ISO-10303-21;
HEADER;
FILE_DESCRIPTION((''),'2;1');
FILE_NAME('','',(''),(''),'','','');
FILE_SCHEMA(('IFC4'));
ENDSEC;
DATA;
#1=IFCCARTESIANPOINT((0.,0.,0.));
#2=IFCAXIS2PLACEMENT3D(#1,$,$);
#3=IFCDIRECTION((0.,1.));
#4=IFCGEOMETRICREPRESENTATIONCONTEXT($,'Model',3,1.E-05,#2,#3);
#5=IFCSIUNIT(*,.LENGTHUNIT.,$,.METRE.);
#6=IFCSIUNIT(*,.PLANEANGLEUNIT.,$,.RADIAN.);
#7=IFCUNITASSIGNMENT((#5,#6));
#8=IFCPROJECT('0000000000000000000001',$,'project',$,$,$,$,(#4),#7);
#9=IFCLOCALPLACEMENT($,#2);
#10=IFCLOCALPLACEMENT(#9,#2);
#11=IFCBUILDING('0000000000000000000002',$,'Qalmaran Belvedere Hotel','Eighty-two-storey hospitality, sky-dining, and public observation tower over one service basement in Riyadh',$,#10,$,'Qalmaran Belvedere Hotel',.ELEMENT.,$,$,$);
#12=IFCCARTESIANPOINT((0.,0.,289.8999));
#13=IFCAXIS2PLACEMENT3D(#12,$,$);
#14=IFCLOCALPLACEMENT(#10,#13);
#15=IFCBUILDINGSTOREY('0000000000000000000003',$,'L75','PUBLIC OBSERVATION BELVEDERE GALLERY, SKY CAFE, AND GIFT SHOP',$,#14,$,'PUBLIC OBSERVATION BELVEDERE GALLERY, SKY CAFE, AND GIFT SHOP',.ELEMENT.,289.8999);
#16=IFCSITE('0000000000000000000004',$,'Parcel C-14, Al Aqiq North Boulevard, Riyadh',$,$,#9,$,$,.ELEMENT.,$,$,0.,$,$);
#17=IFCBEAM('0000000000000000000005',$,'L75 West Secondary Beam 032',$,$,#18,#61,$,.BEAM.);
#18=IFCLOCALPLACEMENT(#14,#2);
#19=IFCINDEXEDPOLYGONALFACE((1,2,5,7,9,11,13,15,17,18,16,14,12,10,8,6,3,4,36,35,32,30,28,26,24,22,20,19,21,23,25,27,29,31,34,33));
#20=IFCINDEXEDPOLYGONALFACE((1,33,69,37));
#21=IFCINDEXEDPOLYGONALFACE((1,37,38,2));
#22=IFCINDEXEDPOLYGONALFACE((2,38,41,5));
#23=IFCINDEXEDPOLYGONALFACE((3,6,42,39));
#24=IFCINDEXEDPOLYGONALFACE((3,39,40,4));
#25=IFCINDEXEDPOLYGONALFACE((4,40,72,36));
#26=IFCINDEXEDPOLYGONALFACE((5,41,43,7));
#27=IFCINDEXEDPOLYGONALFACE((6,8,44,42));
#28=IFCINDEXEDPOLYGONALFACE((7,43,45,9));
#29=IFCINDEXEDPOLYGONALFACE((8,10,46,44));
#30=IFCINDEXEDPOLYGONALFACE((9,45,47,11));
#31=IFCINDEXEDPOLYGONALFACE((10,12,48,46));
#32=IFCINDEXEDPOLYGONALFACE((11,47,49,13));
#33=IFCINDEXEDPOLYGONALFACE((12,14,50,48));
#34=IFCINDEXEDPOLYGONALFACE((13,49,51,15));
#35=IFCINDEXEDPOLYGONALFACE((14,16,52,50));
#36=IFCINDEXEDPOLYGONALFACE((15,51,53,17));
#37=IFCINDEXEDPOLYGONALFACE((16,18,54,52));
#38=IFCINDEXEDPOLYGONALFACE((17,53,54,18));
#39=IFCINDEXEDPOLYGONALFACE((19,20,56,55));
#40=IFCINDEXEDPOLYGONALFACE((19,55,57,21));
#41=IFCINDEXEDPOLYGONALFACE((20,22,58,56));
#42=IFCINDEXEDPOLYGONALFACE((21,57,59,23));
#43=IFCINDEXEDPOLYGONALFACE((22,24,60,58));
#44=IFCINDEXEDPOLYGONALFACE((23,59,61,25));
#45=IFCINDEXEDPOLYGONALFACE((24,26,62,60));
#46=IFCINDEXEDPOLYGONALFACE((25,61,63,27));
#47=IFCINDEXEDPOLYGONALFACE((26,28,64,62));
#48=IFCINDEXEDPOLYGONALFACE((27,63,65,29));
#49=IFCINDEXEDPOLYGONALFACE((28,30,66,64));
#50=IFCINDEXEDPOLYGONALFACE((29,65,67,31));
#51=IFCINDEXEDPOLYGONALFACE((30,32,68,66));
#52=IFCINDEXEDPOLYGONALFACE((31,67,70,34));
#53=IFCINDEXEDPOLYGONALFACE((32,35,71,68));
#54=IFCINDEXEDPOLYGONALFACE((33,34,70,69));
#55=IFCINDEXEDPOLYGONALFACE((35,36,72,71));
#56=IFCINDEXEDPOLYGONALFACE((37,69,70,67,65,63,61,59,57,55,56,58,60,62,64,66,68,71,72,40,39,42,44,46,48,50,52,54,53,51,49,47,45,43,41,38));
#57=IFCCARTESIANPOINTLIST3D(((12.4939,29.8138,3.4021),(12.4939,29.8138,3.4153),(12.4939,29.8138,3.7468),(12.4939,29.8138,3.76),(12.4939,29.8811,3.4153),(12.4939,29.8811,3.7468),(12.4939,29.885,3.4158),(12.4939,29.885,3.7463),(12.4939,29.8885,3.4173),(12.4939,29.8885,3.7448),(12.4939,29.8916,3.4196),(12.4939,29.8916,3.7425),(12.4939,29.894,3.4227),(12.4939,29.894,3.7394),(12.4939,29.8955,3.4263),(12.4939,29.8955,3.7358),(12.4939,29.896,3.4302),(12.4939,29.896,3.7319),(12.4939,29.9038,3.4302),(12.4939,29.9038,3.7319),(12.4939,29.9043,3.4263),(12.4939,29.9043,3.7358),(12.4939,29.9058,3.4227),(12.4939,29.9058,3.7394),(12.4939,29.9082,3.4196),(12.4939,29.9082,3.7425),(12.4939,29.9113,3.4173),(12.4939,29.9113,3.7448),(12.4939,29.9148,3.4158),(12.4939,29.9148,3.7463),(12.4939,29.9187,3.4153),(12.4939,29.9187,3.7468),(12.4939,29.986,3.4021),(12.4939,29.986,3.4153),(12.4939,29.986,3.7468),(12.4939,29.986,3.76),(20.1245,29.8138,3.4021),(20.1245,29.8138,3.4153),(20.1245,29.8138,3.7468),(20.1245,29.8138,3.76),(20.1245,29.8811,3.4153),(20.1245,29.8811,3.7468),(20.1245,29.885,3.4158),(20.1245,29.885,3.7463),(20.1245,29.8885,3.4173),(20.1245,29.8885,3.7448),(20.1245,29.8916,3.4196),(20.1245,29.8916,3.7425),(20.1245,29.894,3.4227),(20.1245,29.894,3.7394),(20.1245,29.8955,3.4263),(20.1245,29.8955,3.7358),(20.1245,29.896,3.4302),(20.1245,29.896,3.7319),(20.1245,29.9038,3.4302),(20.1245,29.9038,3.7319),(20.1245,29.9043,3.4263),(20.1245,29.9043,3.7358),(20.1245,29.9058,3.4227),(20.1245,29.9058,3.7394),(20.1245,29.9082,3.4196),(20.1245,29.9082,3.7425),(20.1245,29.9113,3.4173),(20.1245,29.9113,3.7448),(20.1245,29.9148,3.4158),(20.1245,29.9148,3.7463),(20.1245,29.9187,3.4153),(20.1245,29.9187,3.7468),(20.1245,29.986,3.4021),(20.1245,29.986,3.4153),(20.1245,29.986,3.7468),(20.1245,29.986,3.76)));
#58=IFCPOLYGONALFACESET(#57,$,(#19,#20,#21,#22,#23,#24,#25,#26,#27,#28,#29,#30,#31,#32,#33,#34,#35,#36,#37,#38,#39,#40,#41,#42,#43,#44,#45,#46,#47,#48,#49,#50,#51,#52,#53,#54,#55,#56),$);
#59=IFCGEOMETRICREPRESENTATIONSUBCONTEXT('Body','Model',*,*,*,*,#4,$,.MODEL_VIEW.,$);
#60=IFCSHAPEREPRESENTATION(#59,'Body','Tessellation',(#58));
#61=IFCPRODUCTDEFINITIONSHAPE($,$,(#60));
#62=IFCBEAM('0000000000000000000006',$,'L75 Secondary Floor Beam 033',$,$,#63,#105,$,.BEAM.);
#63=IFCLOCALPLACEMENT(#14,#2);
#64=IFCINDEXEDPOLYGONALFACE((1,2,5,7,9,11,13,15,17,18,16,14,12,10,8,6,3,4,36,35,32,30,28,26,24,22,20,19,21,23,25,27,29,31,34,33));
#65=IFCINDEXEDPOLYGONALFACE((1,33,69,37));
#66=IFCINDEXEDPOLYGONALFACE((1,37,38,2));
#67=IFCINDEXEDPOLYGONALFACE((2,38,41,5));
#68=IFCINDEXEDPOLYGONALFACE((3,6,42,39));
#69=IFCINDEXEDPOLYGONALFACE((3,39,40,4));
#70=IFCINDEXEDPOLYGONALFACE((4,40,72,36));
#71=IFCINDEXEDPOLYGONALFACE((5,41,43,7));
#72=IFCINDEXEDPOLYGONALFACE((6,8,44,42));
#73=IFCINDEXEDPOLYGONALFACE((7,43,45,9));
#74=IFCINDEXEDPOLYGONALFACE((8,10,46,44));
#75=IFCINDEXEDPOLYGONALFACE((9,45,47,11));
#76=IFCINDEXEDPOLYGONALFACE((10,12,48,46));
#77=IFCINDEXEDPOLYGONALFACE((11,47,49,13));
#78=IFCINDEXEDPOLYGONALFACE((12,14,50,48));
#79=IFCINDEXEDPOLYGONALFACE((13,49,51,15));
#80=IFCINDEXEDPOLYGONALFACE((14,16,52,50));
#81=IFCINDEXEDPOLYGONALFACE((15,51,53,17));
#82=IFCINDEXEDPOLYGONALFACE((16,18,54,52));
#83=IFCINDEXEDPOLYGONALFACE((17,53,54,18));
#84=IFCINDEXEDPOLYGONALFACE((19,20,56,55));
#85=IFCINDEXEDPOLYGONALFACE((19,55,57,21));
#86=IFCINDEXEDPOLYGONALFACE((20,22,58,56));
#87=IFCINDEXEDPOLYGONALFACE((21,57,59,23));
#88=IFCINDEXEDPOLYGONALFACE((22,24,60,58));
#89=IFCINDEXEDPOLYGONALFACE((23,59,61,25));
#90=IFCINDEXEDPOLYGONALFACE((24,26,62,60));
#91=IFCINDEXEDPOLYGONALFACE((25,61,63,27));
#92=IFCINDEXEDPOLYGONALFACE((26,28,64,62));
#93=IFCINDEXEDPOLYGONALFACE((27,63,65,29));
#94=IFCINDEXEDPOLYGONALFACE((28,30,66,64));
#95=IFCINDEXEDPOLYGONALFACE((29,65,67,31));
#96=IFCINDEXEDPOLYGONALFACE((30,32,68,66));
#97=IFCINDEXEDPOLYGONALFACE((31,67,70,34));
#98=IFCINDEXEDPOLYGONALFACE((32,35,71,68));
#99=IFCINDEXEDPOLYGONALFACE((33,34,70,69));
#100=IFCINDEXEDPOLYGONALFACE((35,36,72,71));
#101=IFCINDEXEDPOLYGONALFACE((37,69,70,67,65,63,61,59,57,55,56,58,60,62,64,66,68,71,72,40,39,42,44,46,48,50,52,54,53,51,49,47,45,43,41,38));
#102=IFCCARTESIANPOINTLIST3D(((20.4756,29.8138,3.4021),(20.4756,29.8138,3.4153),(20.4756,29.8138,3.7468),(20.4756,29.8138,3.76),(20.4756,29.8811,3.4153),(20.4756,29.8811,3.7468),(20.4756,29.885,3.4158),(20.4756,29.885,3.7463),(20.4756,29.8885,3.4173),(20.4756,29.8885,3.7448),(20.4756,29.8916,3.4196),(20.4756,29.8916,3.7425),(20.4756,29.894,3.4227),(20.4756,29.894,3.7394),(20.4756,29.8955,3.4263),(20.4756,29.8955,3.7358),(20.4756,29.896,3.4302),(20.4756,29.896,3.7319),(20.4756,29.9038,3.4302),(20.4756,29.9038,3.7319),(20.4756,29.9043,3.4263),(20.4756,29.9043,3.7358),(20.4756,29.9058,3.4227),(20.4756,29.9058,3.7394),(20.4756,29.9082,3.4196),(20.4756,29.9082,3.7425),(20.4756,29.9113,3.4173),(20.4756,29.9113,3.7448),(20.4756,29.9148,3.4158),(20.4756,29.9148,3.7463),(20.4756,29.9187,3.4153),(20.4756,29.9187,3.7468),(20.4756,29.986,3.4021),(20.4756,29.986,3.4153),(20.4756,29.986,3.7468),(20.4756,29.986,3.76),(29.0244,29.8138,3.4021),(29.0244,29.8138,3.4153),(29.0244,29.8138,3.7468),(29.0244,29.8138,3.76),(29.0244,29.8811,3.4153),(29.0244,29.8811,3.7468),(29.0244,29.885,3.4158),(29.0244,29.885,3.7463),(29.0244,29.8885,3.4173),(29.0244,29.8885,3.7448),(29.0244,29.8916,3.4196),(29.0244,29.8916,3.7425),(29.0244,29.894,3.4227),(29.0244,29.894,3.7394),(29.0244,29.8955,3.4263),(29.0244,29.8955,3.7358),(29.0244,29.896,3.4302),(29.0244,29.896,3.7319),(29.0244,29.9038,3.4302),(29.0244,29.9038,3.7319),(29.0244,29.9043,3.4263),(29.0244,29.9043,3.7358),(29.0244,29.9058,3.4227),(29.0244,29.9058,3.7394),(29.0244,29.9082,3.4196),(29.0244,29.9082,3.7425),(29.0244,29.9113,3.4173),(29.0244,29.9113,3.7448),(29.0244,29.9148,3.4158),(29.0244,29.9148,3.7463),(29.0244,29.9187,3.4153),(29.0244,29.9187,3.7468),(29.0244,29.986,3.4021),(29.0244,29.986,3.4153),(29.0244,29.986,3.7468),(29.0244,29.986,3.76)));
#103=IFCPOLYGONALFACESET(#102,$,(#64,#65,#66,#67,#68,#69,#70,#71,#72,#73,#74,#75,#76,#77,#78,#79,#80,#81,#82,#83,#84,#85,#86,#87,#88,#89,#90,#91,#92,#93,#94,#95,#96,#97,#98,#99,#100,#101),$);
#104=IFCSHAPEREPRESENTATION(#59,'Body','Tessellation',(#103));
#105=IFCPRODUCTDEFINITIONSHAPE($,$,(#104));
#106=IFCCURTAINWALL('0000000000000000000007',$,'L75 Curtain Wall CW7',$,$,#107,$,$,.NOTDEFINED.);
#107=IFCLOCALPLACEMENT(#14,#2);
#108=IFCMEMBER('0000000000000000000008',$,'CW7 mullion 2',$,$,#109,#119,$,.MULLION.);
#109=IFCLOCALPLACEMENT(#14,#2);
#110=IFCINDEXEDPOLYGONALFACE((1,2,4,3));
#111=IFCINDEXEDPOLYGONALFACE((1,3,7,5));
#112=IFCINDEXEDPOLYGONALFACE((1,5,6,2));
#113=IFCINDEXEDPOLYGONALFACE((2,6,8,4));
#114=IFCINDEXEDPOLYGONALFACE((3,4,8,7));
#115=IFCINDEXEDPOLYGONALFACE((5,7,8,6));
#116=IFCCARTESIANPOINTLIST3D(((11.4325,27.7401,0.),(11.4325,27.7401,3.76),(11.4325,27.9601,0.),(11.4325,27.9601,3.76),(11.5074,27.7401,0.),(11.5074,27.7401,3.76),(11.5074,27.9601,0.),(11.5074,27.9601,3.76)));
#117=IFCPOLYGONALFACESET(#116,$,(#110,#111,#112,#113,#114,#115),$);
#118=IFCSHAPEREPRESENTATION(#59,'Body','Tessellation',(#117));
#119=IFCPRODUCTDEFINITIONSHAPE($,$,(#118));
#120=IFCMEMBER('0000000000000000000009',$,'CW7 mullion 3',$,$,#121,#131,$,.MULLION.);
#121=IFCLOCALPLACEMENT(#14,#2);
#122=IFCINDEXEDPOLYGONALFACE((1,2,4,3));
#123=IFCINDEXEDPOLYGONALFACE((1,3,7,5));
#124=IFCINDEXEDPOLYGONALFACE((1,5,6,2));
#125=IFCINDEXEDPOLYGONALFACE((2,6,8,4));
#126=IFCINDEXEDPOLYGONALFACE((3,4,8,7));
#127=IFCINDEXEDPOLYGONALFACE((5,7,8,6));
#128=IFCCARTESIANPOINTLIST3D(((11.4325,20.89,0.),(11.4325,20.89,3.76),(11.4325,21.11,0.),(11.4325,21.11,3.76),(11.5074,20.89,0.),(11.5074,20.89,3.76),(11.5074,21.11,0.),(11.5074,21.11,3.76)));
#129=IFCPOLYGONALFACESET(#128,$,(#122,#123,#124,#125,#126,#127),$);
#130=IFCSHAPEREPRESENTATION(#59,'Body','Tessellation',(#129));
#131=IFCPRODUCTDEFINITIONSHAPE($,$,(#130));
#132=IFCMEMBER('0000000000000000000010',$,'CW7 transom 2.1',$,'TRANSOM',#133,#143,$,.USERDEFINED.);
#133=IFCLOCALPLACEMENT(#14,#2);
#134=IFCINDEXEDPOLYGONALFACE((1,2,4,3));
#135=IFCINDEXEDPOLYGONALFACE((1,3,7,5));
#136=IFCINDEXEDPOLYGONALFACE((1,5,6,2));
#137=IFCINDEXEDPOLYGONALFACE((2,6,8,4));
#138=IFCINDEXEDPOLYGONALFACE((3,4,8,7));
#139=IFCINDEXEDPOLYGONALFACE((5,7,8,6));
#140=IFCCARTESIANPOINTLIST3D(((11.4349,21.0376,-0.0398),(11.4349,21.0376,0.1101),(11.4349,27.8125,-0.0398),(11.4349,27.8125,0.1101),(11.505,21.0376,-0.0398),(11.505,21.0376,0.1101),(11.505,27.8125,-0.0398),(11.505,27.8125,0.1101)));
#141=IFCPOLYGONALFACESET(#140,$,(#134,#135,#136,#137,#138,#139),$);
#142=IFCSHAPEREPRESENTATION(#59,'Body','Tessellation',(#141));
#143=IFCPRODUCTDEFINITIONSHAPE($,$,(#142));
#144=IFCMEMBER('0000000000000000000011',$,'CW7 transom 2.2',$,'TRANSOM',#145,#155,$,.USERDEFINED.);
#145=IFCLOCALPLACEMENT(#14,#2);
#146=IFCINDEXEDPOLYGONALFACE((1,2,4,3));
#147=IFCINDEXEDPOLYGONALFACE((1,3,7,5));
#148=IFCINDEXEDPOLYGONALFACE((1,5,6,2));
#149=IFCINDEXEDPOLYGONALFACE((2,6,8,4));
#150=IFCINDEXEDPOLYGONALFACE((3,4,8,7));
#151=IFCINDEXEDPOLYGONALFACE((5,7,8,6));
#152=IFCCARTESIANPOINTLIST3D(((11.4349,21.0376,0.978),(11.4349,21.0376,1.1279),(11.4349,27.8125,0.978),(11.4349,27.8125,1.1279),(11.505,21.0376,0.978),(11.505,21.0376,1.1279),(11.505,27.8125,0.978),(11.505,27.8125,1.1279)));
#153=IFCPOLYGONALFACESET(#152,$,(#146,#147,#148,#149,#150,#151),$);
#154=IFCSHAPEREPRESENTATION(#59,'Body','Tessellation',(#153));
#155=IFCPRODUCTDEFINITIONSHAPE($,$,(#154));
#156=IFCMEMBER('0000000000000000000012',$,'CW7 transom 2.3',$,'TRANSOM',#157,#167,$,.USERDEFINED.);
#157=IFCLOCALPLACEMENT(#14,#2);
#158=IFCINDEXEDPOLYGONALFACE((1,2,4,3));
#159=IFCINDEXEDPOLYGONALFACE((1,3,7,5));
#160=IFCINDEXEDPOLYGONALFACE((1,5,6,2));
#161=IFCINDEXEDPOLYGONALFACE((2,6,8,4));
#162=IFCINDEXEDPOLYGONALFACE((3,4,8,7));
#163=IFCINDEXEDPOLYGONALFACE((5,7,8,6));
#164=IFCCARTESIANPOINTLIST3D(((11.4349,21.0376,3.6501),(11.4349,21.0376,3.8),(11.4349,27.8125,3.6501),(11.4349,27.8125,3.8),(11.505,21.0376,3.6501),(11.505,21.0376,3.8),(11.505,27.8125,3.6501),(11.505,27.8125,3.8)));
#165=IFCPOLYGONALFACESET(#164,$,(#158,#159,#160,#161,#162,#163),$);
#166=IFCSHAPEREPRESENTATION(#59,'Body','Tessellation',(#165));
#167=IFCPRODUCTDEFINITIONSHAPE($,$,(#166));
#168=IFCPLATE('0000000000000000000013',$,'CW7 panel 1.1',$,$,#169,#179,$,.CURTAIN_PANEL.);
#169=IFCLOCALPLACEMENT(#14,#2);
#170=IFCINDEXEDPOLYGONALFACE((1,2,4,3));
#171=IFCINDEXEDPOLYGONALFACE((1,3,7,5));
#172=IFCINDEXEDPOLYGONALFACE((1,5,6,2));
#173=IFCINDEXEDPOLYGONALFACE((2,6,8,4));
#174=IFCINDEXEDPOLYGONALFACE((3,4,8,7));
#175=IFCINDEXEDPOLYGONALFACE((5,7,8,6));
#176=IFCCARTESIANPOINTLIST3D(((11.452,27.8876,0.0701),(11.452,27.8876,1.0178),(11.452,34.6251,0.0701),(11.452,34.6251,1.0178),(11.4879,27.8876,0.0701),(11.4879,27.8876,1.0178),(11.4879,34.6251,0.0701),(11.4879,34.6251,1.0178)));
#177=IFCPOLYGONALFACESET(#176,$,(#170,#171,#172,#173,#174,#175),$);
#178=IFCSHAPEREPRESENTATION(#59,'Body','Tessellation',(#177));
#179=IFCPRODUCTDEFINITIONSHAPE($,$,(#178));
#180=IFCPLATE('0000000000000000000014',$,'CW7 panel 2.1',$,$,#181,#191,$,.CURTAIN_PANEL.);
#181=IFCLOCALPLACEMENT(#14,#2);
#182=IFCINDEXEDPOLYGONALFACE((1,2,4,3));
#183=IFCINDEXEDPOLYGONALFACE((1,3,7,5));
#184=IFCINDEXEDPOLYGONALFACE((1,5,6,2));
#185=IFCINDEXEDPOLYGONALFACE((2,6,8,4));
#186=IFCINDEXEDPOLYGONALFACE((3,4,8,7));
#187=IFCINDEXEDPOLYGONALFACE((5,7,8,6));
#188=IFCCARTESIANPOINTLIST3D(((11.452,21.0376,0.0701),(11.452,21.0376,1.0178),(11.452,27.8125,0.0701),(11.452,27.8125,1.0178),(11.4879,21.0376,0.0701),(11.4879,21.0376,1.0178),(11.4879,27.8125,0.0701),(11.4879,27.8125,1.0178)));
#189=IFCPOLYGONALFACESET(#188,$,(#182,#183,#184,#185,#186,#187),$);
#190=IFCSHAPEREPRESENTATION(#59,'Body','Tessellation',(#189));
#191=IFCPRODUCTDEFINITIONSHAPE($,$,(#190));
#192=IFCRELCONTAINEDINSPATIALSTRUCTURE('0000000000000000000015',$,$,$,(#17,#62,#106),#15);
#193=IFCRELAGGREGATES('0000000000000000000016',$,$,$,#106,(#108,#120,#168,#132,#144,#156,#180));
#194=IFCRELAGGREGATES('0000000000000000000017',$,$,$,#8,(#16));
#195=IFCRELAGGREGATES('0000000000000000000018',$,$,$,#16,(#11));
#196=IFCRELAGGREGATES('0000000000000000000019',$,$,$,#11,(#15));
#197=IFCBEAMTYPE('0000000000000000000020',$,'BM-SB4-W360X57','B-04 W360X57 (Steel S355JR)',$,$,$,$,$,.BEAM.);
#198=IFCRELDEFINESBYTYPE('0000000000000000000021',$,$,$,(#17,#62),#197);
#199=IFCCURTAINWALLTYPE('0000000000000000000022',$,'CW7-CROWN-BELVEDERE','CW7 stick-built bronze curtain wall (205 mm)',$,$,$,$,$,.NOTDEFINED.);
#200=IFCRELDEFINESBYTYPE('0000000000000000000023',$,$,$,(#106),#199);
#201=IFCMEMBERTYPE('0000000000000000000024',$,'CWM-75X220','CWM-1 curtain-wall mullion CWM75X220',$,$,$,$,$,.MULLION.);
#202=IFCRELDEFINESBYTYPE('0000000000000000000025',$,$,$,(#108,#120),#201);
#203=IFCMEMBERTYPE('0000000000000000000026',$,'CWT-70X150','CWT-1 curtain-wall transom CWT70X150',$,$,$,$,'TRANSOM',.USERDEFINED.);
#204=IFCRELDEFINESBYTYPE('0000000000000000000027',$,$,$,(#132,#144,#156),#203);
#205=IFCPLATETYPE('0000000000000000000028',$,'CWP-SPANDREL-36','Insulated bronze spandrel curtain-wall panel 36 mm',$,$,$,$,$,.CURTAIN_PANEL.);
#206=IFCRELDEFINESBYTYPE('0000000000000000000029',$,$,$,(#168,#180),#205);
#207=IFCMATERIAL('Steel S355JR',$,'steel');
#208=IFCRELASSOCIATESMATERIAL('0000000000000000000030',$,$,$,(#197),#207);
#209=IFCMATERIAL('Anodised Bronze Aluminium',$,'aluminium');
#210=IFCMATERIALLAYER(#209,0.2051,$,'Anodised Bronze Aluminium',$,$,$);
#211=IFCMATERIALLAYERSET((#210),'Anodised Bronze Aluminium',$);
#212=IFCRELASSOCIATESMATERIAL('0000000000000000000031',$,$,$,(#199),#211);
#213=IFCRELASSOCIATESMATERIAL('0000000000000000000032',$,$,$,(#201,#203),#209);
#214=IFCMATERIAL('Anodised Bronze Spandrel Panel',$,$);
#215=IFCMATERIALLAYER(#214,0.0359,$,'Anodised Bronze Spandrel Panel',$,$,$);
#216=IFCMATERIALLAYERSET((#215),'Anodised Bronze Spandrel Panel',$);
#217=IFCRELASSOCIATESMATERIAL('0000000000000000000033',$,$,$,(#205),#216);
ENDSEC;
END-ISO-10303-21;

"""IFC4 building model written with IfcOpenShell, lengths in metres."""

from ifc_helpers import new_model, si_unit, direction, frame, origin, origin_2d, place, context, subcontext, project, spatial, rectangle, i_section, extrude, material, layer, layer_set, material_profile, profile_set, type_object, element, aggregate, save


model = new_model("IFC4")

# Units and contexts
model_context = context("Model", 3, precision=1e-05, world=origin(), true_north=direction((0.0, 1.0)))
body_context = subcontext(model_context, "Body", "Model", "MODEL_VIEW")
ifc_project = project(units=[si_unit("LENGTHUNIT", "METRE"), si_unit("PLANEANGLEUNIT", "RADIAN")], contexts=[model_context])

# Site, building, storey
site_placement = place(None, origin())
site = spatial("IfcSite", under=ifc_project, at=site_placement, Name="Parcel C-14, Al Aqiq North Boulevard, Riyadh", CompositionType="ELEMENT", RefElevation=0.0)
building_placement = place(site_placement, origin())
building = spatial("IfcBuilding", under=site, at=building_placement, Name="Qalmaran Belvedere Hotel", Description="Eighty-two-storey hospitality, sky-dining, and public observation tower over one service basement in Riyadh", LongName="Qalmaran Belvedere Hotel", CompositionType="ELEMENT")
storey_placement = place(building_placement, frame((0.0, 0.0, 289.8999)))
storey = spatial("IfcBuildingStorey", under=building, at=storey_placement, Name="L75", Description="PUBLIC OBSERVATION BELVEDERE GALLERY, SKY CAFE, AND GIFT SHOP", LongName="PUBLIC OBSERVATION BELVEDERE GALLERY, SKY CAFE, AND GIFT SHOP", CompositionType="ELEMENT", Elevation=289.8999)

# Beams
ifc_material_1 = material(Name="Steel S355JR", Category="steel")
ifc_material_profile_1 = material_profile(ifc_material_1, i_section(OverallWidth=0.1721, OverallDepth=0.3579, WebThickness=0.0078, FlangeThickness=0.0132, FilletRadius=0.0149, at=origin_2d()), Name="W360X57")
ifc_profile_set_1 = profile_set([ifc_material_profile_1], Name="Steel S355JR")
beam_type = type_object("IfcBeamType", Name="BM-SB4-W360X57", Description="B-04 W360X57 (Steel S355JR)", PredefinedType="BEAM", material=ifc_profile_set_1)
beam_1_placement = place(storey_placement, frame((12.4939, 29.8999, 3.5811), z_axis=(1.0, 0.0, 0.0), x_axis=(0.0, 1.0, 0.0)))
element("IfcBeam", 1, at=beam_1_placement, inside=storey, type_object=beam_type, Name="L75 West Secondary Beam 032", PredefinedType="BEAM", context=body_context, shape_type="SweptSolid", body=[
    extrude(i_section(OverallWidth=0.1721, OverallDepth=0.3579, WebThickness=0.0078, FlangeThickness=0.0132, FilletRadius=0.0149, at=origin_2d()), origin(), (0.0, 0.0, 1.0), 7.6306),
])
beam_2_placement = place(storey_placement, frame((20.4756, 29.8999, 3.5811), z_axis=(1.0, 0.0, 0.0), x_axis=(0.0, 1.0, 0.0)))
element("IfcBeam", 2, at=beam_2_placement, inside=storey, type_object=beam_type, Name="L75 Secondary Floor Beam 033", PredefinedType="BEAM", context=body_context, shape_type="SweptSolid", body=[
    extrude(i_section(OverallWidth=0.1721, OverallDepth=0.3579, WebThickness=0.0078, FlangeThickness=0.0132, FilletRadius=0.0149, at=origin_2d()), origin(), (0.0, 0.0, 1.0), 8.5488),
])

# Curtain wall, members, plates
ifc_material_2 = material(Name="Anodised Bronze Aluminium", Category="aluminium")
ifc_layer_1 = layer(ifc_material_2, 0.2051, Name="Anodised Bronze Aluminium")
ifc_layer_set_1 = layer_set([ifc_layer_1], Name="Anodised Bronze Aluminium")
curtain_wall_type = type_object("IfcCurtainWallType", Name="CW7-CROWN-BELVEDERE", Description="CW7 stick-built bronze curtain wall (205 mm)", PredefinedType="NOTDEFINED", material=ifc_layer_set_1)
curtain_wall_placement = place(storey_placement, origin())
curtain_wall = element("IfcCurtainWall", 3, at=curtain_wall_placement, inside=storey, type_object=curtain_wall_type, Name="L75 Curtain Wall CW7", PredefinedType="NOTDEFINED")
ifc_material_profile_2 = material_profile(ifc_material_2, rectangle(XDim=0.075, YDim=0.22, at=origin_2d()), Name="CWM75X220")
ifc_profile_set_2 = profile_set([ifc_material_profile_2], Name="Anodised Bronze Aluminium")
member_type_1 = type_object("IfcMemberType", Name="CWM-75X220", Description="CWM-1 curtain-wall mullion CWM75X220", PredefinedType="MULLION", material=ifc_profile_set_2)
member_1_placement = place(storey_placement, frame((11.47, 27.8501, 0.0), z_axis=(0.0, 0.0, 1.0), x_axis=(1.0, 0.0, 0.0)))
member_1 = element("IfcMember", 4, at=member_1_placement, type_object=member_type_1, Name="CW7 mullion 2", PredefinedType="MULLION", context=body_context, shape_type="SweptSolid", body=[
    extrude(rectangle(XDim=0.075, YDim=0.22, at=origin_2d()), origin(), (0.0, 0.0, 1.0), 3.76),
])
member_2_placement = place(storey_placement, frame((11.47, 21.0, 0.0), z_axis=(0.0, 0.0, 1.0), x_axis=(1.0, 0.0, 0.0)))
member_2 = element("IfcMember", 5, at=member_2_placement, type_object=member_type_1, Name="CW7 mullion 3", PredefinedType="MULLION", context=body_context, shape_type="SweptSolid", body=[
    extrude(rectangle(XDim=0.075, YDim=0.22, at=origin_2d()), origin(), (0.0, 0.0, 1.0), 3.76),
])
ifc_material_profile_3 = material_profile(ifc_material_2, rectangle(XDim=0.0701, YDim=0.1499, at=origin_2d()), Name="CWT70X150")
ifc_profile_set_3 = profile_set([ifc_material_profile_3], Name="Anodised Bronze Aluminium")
member_type_2 = type_object("IfcMemberType", Name="CWT-70X150", Description="CWT-1 curtain-wall transom CWT70X150", ElementType="TRANSOM", PredefinedType="USERDEFINED", material=ifc_profile_set_3)
member_3_placement = place(storey_placement, frame((11.47, 27.8125, 0.0352), z_axis=(0.0, -1.0, 0.0), x_axis=(1.0, 0.0, 0.0)))
member_3 = element("IfcMember", 6, at=member_3_placement, type_object=member_type_2, Name="CW7 transom 2.1", ObjectType="TRANSOM", PredefinedType="USERDEFINED", context=body_context, shape_type="SweptSolid", body=[
    extrude(rectangle(XDim=0.0701, YDim=0.1499, at=origin_2d()), origin(), (0.0, 0.0, 1.0), 6.7749),
])
member_4_placement = place(storey_placement, frame((11.47, 27.8125, 1.053), z_axis=(0.0, -1.0, 0.0), x_axis=(1.0, 0.0, 0.0)))
member_4 = element("IfcMember", 7, at=member_4_placement, type_object=member_type_2, Name="CW7 transom 2.2", ObjectType="TRANSOM", PredefinedType="USERDEFINED", context=body_context, shape_type="SweptSolid", body=[
    extrude(rectangle(XDim=0.0701, YDim=0.1499, at=origin_2d()), origin(), (0.0, 0.0, 1.0), 6.7749),
])
member_5_placement = place(storey_placement, frame((11.47, 27.8125, 3.7251), z_axis=(0.0, -1.0, 0.0), x_axis=(1.0, 0.0, 0.0)))
member_5 = element("IfcMember", 8, at=member_5_placement, type_object=member_type_2, Name="CW7 transom 2.3", ObjectType="TRANSOM", PredefinedType="USERDEFINED", context=body_context, shape_type="SweptSolid", body=[
    extrude(rectangle(XDim=0.0701, YDim=0.1499, at=origin_2d()), origin(), (0.0, 0.0, 1.0), 6.7749),
])
ifc_material_3 = material(Name="Anodised Bronze Spandrel Panel")
ifc_layer_2 = layer(ifc_material_3, 0.0359, Name="Anodised Bronze Spandrel Panel")
ifc_layer_set_2 = layer_set([ifc_layer_2], Name="Anodised Bronze Spandrel Panel")
plate_type_1 = type_object("IfcPlateType", Name="CWP-SPANDREL-36", Description="Insulated bronze spandrel curtain-wall panel 36 mm", PredefinedType="CURTAIN_PANEL", material=ifc_layer_set_2)
plate_1_placement = place(storey_placement, frame((11.47, 31.2563, 0.0701), z_axis=(0.0, 0.0, 1.0), x_axis=(0.0, -1.0, 0.0)))
plate_1 = element("IfcPlate", 9, at=plate_1_placement, type_object=plate_type_1, Name="CW7 panel 1.1", PredefinedType="CURTAIN_PANEL", context=body_context, shape_type="SweptSolid", body=[
    extrude(rectangle(XDim=6.7375, YDim=0.0359, at=origin_2d()), origin(), (0.0, 0.0, 1.0), 0.9478),
])
plate_2_placement = place(storey_placement, frame((11.47, 24.425, 0.0701), z_axis=(0.0, 0.0, 1.0), x_axis=(0.0, -1.0, 0.0)))
plate_2 = element("IfcPlate", 10, at=plate_2_placement, type_object=plate_type_1, Name="CW7 panel 2.1", PredefinedType="CURTAIN_PANEL", context=body_context, shape_type="SweptSolid", body=[
    extrude(rectangle(XDim=6.7749, YDim=0.0359, at=origin_2d()), origin(), (0.0, 0.0, 1.0), 0.9478),
])
aggregate(curtain_wall, [member_1, member_2, plate_1, member_3, member_4, member_5, plate_2])

save(model, "model.ifc")
